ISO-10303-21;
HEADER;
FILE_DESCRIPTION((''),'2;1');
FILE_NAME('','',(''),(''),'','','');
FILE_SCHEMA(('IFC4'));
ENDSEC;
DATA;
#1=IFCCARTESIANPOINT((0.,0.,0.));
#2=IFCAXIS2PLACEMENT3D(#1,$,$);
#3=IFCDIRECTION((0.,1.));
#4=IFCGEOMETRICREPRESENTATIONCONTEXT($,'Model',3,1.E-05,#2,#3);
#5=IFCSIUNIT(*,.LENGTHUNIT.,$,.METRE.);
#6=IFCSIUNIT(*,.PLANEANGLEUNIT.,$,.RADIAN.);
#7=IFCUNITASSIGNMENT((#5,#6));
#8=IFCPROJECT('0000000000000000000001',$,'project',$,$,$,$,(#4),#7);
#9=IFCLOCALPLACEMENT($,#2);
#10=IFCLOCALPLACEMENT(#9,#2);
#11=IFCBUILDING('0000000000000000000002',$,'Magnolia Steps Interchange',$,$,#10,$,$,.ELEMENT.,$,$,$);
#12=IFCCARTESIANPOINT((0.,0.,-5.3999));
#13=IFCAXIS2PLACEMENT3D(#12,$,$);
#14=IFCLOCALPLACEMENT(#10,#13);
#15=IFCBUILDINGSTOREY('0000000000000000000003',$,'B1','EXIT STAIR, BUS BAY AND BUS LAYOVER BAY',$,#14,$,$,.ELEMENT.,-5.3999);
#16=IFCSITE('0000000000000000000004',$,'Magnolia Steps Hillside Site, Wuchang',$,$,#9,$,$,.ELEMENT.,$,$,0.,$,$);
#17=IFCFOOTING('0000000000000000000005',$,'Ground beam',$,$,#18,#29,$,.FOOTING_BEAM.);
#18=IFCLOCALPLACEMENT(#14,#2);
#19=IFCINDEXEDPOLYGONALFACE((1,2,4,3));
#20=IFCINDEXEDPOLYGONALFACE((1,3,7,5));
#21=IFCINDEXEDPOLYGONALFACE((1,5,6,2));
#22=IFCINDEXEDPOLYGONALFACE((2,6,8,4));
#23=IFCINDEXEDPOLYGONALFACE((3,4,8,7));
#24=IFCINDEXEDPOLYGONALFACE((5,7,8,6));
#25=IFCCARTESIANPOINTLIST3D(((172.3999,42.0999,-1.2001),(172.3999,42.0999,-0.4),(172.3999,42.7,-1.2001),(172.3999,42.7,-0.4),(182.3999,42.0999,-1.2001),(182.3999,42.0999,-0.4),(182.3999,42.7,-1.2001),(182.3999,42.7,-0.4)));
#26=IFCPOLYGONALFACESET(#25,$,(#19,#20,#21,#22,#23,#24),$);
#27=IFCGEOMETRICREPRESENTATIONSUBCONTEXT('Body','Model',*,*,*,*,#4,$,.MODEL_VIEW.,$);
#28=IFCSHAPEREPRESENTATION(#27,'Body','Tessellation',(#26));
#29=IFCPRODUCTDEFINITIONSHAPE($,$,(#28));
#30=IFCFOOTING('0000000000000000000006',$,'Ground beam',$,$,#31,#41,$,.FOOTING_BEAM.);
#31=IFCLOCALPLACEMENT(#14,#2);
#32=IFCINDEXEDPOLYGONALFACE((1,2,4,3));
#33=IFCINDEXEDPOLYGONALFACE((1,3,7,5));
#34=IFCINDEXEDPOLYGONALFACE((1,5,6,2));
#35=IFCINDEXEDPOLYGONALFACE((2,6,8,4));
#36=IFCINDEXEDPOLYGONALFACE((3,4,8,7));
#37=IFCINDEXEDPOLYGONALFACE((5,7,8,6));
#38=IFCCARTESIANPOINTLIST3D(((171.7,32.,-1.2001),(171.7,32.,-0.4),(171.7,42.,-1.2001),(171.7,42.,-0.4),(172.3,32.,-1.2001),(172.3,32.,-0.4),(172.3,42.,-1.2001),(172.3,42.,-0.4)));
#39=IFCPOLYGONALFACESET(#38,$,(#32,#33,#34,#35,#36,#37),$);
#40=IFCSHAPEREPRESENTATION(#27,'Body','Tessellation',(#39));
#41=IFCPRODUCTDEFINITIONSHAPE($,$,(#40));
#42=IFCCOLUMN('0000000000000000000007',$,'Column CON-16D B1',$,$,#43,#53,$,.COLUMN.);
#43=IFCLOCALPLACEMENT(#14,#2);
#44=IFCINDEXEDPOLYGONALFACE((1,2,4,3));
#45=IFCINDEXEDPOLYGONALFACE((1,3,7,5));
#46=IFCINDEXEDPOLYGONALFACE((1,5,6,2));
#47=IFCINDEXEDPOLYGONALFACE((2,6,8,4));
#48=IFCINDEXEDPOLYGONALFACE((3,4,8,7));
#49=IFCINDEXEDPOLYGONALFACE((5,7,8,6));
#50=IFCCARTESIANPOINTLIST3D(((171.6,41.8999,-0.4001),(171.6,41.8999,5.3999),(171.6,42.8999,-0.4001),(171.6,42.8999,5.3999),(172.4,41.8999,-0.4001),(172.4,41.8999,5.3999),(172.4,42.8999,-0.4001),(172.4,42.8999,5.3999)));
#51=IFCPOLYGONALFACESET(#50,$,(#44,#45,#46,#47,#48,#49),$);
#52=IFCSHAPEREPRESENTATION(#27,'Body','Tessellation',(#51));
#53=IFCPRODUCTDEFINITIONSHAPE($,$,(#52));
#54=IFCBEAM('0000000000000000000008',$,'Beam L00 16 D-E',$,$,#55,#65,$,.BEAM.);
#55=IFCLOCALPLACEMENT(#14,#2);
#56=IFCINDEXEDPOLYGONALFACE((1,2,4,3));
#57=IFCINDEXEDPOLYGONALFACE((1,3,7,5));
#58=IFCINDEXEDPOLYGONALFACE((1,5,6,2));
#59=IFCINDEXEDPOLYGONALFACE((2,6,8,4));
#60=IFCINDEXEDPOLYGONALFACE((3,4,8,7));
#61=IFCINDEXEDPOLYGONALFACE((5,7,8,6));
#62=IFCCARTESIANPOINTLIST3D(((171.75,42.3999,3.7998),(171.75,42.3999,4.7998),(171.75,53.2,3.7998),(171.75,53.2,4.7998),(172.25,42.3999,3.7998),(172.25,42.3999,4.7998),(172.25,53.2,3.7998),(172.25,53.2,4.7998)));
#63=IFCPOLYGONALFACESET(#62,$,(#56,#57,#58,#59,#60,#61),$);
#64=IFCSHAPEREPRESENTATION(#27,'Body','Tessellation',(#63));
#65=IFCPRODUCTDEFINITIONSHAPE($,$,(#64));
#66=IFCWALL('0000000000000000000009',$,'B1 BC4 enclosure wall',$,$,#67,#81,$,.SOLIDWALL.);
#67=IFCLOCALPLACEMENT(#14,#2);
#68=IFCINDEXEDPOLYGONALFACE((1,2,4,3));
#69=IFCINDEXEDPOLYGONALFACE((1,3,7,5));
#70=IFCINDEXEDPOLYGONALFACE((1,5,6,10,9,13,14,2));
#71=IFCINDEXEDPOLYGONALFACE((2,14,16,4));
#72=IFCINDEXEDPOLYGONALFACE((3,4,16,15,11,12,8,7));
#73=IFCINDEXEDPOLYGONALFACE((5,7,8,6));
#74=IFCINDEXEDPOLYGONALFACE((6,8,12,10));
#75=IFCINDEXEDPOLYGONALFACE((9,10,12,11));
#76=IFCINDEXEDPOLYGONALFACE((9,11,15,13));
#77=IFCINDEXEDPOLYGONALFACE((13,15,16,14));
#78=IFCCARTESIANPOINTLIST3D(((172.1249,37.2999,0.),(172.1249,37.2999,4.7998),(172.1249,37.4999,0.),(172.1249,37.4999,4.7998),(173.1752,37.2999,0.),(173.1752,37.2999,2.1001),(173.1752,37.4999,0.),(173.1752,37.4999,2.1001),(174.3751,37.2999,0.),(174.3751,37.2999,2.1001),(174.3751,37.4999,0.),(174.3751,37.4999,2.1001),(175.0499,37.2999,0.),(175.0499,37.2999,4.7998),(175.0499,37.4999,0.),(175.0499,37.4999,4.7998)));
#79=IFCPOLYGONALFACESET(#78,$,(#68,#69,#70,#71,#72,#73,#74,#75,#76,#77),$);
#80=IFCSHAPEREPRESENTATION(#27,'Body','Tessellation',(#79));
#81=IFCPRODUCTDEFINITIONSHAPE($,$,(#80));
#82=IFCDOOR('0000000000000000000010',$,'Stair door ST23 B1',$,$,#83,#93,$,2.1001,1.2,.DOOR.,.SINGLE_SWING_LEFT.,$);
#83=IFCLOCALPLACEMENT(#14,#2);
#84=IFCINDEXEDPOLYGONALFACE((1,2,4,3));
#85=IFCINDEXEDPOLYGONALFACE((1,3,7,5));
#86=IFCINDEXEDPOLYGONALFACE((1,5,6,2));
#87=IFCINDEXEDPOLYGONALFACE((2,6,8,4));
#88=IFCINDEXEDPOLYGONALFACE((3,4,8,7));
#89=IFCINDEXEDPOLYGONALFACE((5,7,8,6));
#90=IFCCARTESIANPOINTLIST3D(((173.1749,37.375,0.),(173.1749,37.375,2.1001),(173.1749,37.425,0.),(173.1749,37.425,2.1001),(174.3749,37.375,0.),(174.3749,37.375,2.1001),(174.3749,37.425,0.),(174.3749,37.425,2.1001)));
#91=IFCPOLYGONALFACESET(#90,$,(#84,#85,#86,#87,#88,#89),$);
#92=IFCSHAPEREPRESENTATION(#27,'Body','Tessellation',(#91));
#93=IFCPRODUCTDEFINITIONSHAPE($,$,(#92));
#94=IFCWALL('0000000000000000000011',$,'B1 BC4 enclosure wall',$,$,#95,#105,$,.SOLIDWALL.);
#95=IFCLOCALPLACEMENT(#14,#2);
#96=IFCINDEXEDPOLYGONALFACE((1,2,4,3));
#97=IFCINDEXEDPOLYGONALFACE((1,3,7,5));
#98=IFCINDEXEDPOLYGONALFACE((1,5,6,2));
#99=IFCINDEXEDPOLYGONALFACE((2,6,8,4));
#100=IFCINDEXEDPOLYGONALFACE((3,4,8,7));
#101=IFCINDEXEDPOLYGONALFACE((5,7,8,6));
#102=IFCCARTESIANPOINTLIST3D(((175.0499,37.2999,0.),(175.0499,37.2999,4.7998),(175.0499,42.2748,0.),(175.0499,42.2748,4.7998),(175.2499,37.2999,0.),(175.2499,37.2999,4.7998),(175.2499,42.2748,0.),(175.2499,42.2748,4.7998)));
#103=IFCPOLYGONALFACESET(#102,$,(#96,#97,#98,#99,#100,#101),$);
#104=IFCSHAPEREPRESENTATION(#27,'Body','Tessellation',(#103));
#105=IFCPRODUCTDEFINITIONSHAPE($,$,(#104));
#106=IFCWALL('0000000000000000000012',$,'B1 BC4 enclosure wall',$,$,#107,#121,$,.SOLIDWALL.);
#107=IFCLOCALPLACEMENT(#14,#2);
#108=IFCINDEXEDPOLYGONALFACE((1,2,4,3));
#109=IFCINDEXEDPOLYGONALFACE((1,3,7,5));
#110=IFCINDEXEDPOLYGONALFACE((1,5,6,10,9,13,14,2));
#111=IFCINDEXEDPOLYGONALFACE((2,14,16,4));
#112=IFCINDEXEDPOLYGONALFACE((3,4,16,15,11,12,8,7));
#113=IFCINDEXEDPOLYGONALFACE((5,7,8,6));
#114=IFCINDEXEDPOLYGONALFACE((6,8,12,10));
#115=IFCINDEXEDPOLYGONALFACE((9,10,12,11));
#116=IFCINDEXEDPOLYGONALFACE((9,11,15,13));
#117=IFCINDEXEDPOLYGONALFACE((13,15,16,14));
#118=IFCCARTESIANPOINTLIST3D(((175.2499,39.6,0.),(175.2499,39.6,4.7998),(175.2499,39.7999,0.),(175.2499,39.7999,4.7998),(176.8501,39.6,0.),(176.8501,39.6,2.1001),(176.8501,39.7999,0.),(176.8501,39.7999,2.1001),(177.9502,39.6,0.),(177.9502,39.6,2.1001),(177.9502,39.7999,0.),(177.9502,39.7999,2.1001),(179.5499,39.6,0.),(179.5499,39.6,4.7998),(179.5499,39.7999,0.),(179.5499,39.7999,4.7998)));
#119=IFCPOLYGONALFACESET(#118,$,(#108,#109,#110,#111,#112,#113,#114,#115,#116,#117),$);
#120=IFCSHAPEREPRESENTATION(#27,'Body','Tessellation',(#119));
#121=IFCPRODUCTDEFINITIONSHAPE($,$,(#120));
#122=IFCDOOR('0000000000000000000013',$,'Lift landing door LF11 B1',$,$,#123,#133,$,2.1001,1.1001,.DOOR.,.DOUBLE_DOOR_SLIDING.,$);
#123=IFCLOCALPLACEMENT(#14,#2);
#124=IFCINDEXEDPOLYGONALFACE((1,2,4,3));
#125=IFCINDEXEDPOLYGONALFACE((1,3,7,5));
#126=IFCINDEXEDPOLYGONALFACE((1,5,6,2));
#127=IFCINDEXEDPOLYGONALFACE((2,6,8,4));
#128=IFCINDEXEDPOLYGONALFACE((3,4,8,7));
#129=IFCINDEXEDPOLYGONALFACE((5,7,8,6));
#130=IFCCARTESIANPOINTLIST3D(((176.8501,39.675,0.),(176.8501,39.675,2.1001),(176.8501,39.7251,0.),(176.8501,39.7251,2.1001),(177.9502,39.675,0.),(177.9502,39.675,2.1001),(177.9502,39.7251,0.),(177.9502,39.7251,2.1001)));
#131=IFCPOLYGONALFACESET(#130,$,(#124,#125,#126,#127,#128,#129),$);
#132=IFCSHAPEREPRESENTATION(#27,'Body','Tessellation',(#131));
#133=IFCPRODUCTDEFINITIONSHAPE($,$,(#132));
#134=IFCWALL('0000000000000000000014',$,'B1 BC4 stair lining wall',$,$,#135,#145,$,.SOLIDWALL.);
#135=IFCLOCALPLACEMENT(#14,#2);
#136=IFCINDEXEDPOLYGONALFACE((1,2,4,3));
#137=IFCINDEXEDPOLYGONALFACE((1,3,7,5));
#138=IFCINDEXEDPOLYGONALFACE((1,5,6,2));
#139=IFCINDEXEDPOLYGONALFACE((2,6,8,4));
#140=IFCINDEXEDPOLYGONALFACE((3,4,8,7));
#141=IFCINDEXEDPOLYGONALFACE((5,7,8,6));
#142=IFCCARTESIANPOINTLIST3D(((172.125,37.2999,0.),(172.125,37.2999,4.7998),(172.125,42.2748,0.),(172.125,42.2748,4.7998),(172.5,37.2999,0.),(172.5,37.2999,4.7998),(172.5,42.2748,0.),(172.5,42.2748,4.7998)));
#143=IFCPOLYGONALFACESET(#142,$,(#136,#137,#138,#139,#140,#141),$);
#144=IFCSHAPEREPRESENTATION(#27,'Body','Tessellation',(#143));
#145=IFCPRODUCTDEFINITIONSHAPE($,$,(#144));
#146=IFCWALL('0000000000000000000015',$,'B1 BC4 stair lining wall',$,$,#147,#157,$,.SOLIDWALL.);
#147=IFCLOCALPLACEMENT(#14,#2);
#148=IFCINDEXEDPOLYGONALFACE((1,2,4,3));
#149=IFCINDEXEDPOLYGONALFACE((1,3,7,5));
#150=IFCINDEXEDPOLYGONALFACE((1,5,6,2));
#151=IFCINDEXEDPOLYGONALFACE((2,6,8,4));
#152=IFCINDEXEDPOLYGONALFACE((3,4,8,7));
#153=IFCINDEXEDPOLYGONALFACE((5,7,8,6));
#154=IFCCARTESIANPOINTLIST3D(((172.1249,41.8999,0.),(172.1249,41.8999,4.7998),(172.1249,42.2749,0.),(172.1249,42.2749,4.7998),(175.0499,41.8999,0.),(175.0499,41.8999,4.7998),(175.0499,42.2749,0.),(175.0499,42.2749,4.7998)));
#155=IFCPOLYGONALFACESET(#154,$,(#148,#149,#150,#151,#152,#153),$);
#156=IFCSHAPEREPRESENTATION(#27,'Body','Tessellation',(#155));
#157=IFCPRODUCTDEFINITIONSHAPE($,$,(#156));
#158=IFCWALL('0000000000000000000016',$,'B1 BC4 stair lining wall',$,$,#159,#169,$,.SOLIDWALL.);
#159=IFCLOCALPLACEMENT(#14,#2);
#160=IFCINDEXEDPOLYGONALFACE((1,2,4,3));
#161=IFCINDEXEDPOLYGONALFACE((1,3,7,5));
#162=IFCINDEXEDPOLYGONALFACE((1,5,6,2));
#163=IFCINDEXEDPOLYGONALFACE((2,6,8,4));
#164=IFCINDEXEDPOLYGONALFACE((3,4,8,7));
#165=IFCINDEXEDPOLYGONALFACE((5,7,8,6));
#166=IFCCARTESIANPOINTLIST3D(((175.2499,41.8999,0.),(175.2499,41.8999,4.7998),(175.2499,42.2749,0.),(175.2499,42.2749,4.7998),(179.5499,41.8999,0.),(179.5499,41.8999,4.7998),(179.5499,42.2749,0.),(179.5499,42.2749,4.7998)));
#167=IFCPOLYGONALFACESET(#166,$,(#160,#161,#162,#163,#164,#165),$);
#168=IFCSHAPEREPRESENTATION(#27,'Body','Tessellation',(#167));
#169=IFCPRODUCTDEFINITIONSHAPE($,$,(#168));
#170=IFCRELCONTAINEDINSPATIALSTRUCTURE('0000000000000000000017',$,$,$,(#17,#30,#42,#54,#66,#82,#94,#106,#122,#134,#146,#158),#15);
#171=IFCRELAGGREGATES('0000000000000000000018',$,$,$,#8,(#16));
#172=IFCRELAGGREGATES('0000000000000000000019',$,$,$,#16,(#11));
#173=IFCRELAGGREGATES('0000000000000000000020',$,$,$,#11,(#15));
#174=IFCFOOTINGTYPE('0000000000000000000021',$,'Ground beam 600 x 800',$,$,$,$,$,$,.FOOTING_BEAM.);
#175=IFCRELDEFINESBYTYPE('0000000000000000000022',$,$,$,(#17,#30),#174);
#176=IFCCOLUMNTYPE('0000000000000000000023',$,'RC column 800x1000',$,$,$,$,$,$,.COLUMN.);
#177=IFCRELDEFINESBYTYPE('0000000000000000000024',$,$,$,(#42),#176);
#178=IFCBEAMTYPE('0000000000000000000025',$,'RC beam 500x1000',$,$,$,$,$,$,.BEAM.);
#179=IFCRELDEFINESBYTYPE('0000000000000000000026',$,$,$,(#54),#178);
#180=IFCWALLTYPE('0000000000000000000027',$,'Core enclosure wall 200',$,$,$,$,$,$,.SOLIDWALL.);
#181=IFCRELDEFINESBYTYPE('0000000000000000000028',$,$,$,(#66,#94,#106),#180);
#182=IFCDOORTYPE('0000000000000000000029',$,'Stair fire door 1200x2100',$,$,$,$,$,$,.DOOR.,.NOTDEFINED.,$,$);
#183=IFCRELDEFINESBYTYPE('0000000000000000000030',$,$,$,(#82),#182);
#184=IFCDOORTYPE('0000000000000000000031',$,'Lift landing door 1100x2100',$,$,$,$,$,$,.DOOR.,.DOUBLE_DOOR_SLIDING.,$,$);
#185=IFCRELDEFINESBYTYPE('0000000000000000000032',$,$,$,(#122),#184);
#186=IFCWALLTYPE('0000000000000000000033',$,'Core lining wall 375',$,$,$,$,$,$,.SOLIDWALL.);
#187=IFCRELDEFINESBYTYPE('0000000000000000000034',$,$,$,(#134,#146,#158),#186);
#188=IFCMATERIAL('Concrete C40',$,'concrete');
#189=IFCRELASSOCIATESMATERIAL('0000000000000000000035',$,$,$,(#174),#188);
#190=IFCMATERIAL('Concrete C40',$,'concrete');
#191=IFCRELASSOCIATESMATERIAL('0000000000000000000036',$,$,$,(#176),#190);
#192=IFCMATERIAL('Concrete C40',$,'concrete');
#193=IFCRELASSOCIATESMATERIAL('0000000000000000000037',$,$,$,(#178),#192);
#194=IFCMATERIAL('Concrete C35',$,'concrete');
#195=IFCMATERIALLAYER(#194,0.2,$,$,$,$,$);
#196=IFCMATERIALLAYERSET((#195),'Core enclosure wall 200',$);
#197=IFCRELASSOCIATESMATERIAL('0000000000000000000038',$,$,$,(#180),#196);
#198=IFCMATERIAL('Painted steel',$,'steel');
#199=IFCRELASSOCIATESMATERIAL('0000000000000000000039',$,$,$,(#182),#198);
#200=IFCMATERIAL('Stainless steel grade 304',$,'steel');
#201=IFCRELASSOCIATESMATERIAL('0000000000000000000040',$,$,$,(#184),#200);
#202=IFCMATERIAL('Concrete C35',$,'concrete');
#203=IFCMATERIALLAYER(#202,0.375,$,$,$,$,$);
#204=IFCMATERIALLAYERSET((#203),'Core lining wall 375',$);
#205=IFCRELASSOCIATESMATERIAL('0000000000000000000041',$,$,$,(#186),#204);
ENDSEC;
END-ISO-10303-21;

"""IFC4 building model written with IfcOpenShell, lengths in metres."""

from ifc_helpers import new_model, si_unit, direction, frame, frame_2d, origin, origin_2d, place, context, subcontext, project, spatial, rectangle, extrude, material, layer, layer_set, material_profile, profile_set, type_object, element, fill, save


model = new_model("IFC4")

# Units and contexts
model_context = context("Model", 3, precision=1e-05, world=origin(), true_north=direction((0.0, 1.0)))
body_context = subcontext(model_context, "Body", "Model", "MODEL_VIEW")
ifc_project = project(units=[si_unit("LENGTHUNIT", "METRE"), si_unit("PLANEANGLEUNIT", "RADIAN")], contexts=[model_context])

# Site, building, storey
site_placement = place(None, origin())
site = spatial("IfcSite", under=ifc_project, at=site_placement, Name="Magnolia Steps Hillside Site, Wuchang", CompositionType="ELEMENT", RefElevation=0.0)
building_placement = place(site_placement, origin())
building = spatial("IfcBuilding", under=site, at=building_placement, Name="Magnolia Steps Interchange", CompositionType="ELEMENT")
storey_placement = place(building_placement, frame((0.0, 0.0, -5.3999)))
storey = spatial("IfcBuildingStorey", under=building, at=storey_placement, Name="B1", Description="EXIT STAIR, BUS BAY AND BUS LAYOVER BAY", CompositionType="ELEMENT", Elevation=-5.3999)

# Footings
ifc_material_1 = material(Name="Concrete C40", Category="concrete")
ifc_material_profile_1 = material_profile(ifc_material_1, rectangle(XDim=0.6001, YDim=0.8, at=origin_2d()), Name="RC600x800")
ifc_profile_set_1 = profile_set([ifc_material_profile_1], Name="Concrete C40")
footing_type = type_object("IfcFootingType", Name="Ground beam 600 x 800", PredefinedType="FOOTING_BEAM", material=ifc_profile_set_1)
for number, where, z_axis, x_axis, name in (
    (1, (172.3999, 42.3999, -0.8), (1.0, 0.0, 0.0), (0.0, 1.0, 0.0), "Ground beam"),
    (2, (172.0, 32.0, -0.8), (0.0, 1.0, 0.0), (-1.0, 0.0, 0.0), "Ground beam"),
):
    element("IfcFooting", number, at=place(storey_placement, frame(where, z_axis=z_axis, x_axis=x_axis)), inside=storey, type_object=footing_type, Name=name, PredefinedType="FOOTING_BEAM", context=body_context, shape_type="SweptSolid", body=[
        extrude(rectangle(XDim=0.6001, YDim=0.8, at=origin_2d()), origin(), (0.0, 0.0, 1.0), 10.0),
    ])

# Column
ifc_material_2 = material(Name="Concrete C40", Category="concrete")
ifc_material_profile_2 = material_profile(ifc_material_2, rectangle(XDim=0.8, YDim=1.0, at=origin_2d()), Name="RC800x1000")
ifc_profile_set_2 = profile_set([ifc_material_profile_2], Name="Concrete C40")
column_type = type_object("IfcColumnType", Name="RC column 800x1000", PredefinedType="COLUMN", material=ifc_profile_set_2)
column_placement = place(storey_placement, frame((172.0, 42.3999, -0.4001), z_axis=(0.0, 0.0, 1.0), x_axis=(1.0, 0.0, 0.0)))
element("IfcColumn", 3, at=column_placement, inside=storey, type_object=column_type, Name="Column CON-16D B1", PredefinedType="COLUMN", context=body_context, shape_type="SweptSolid", body=[
    extrude(rectangle(XDim=0.8, YDim=1.0, at=origin_2d()), origin(), (0.0, 0.0, 1.0), 5.8),
])

# Beam
ifc_material_3 = material(Name="Concrete C40", Category="concrete")
ifc_material_profile_3 = material_profile(ifc_material_3, rectangle(XDim=0.5, YDim=1.0, at=origin_2d()), Name="RC500x1000")
ifc_profile_set_3 = profile_set([ifc_material_profile_3], Name="Concrete C40")
beam_type = type_object("IfcBeamType", Name="RC beam 500x1000", PredefinedType="BEAM", material=ifc_profile_set_3)
beam_placement = place(storey_placement, frame((172.0, 42.3999, 4.2998), z_axis=(0.0, 1.0, 0.0), x_axis=(-1.0, 0.0, 0.0)))
element("IfcBeam", 4, at=beam_placement, inside=storey, type_object=beam_type, Name="Beam L00 16 D-E", PredefinedType="BEAM", context=body_context, shape_type="SweptSolid", body=[
    extrude(rectangle(XDim=0.5, YDim=1.0, at=origin_2d()), origin(), (0.0, 0.0, 1.0), 10.8),
])

# Wall, opening, door
ifc_material_4 = material(Name="Concrete C35", Category="concrete")
ifc_layer_1 = layer(ifc_material_4, 0.2)
ifc_layer_set_1 = layer_set([ifc_layer_1], Name="Core enclosure wall 200")
wall_type_1 = type_object("IfcWallType", Name="Core enclosure wall 200", PredefinedType="SOLIDWALL", material=ifc_layer_set_1)
wall_1_placement = place(storey_placement, frame((172.125, 37.3999, 0.0), z_axis=(0.0, 0.0, 1.0), x_axis=(1.0, 0.0, 0.0)))
wall_1 = element("IfcWall", 5, at=wall_1_placement, inside=storey, type_object=wall_type_1, Name="B1 BC4 enclosure wall", PredefinedType="SOLIDWALL", context=body_context, shape_type="SweptSolid", body=[
    extrude(rectangle(XDim=2.925, YDim=0.2, at=frame_2d((1.4624, 0.0))), origin(), (0.0, 0.0, 1.0), 4.7998),
])
opening_1_placement = place(wall_1_placement, frame((1.05, 0.0, 0.0)))
opening_1 = element("IfcOpeningElement", 6, at=opening_1_placement, cuts=wall_1, PredefinedType="OPENING", context=body_context, shape_type="SweptSolid", body=[
    extrude(rectangle(XDim=1.2, YDim=2.1001, at=frame_2d((0.6001, 1.05))), frame((0.0, 0.1099, 0.0), z_axis=(0.0, -1.0, 0.0), x_axis=(1.0, 0.0, 0.0)), (0.0, 0.0, 1.0), 0.22),
])
ifc_material_5 = material(Name="Painted steel", Category="steel")
door_type_1 = type_object("IfcDoorType", Name="Stair fire door 1200x2100", OperationType="NOTDEFINED", PredefinedType="DOOR", material=ifc_material_5)
door_1_placement = place(opening_1_placement, frame((1.2, 0.0, 0.0), z_axis=(0.0, 0.0, 1.0), x_axis=(-1.0, 0.0, 0.0)))
door_1 = element("IfcDoor", 7, at=door_1_placement, inside=storey, type_object=door_type_1, Name="Stair door ST23 B1", OperationType="SINGLE_SWING_LEFT", OverallHeight=2.1001, OverallWidth=1.2, PredefinedType="DOOR", context=body_context, shape_type="SweptSolid", body=[
    extrude(rectangle(XDim=1.2, YDim=2.1001, at=frame_2d((0.6001, 1.05))), frame((0.0, 0.0249, 0.0), z_axis=(0.0, -1.0, 0.0), x_axis=(1.0, 0.0, 0.0)), (0.0, 0.0, 1.0), 0.05),
])
fill(opening_1, door_1)

# Wall
wall_2_placement = place(storey_placement, frame((175.1499, 37.3, 0.0), z_axis=(0.0, 0.0, 1.0), x_axis=(0.0, 1.0, 0.0)))
element("IfcWall", 8, at=wall_2_placement, inside=storey, type_object=wall_type_1, Name="B1 BC4 enclosure wall", PredefinedType="SOLIDWALL", context=body_context, shape_type="SweptSolid", body=[
    extrude(rectangle(XDim=4.9749, YDim=0.2, at=frame_2d((2.4873, 0.0))), origin(), (0.0, 0.0, 1.0), 4.7998),
])

# Wall, opening, door
wall_3_placement = place(storey_placement, frame((175.25, 39.7, 0.0), z_axis=(0.0, 0.0, 1.0), x_axis=(1.0, 0.0, 0.0)))
wall_3 = element("IfcWall", 9, at=wall_3_placement, inside=storey, type_object=wall_type_1, Name="B1 BC4 enclosure wall", PredefinedType="SOLIDWALL", context=body_context, shape_type="SweptSolid", body=[
    extrude(rectangle(XDim=4.3, YDim=0.2, at=frame_2d((2.1499, 0.0))), origin(), (0.0, 0.0, 1.0), 4.7998),
])
opening_2_placement = place(wall_3_placement, frame((1.6001, 0.0, 0.0)))
opening_2 = element("IfcOpeningElement", 10, at=opening_2_placement, cuts=wall_3, PredefinedType="OPENING", context=body_context, shape_type="SweptSolid", body=[
    extrude(rectangle(XDim=1.1001, YDim=2.1001, at=frame_2d((0.55, 1.05))), frame((0.0, 0.1099, 0.0), z_axis=(0.0, -1.0, 0.0), x_axis=(1.0, 0.0, 0.0)), (0.0, 0.0, 1.0), 0.22),
])
ifc_material_6 = material(Name="Stainless steel grade 304", Category="steel")
door_type_2 = type_object("IfcDoorType", Name="Lift landing door 1100x2100", OperationType="DOUBLE_DOOR_SLIDING", PredefinedType="DOOR", material=ifc_material_6)
door_2_placement = place(opening_2_placement, frame((1.1001, 0.0, 0.0), z_axis=(0.0, 0.0, 1.0), x_axis=(-1.0, 0.0, 0.0)))
door_2 = element("IfcDoor", 11, at=door_2_placement, inside=storey, type_object=door_type_2, Name="Lift landing door LF11 B1", OperationType="DOUBLE_DOOR_SLIDING", OverallHeight=2.1001, OverallWidth=1.1001, PredefinedType="DOOR", context=body_context, shape_type="SweptSolid", body=[
    extrude(rectangle(XDim=1.1001, YDim=2.1001, at=frame_2d((0.55, 1.05))), frame((0.0, 0.0249, 0.0), z_axis=(0.0, -1.0, 0.0), x_axis=(1.0, 0.0, 0.0)), (0.0, 0.0, 1.0), 0.05),
])
fill(opening_2, door_2)

# Walls
ifc_material_7 = material(Name="Concrete C35", Category="concrete")
ifc_layer_2 = layer(ifc_material_7, 0.375)
ifc_layer_set_2 = layer_set([ifc_layer_2], Name="Core lining wall 375")
wall_type_2 = type_object("IfcWallType", Name="Core lining wall 375", PredefinedType="SOLIDWALL", material=ifc_layer_set_2)
wall_4_placement = place(storey_placement, frame((172.3125, 37.3, 0.0), z_axis=(0.0, 0.0, 1.0), x_axis=(0.0, 1.0, 0.0)))
element("IfcWall", 12, at=wall_4_placement, inside=storey, type_object=wall_type_2, Name="B1 BC4 stair lining wall", PredefinedType="SOLIDWALL", context=body_context, shape_type="SweptSolid", body=[
    extrude(rectangle(XDim=4.9749, YDim=0.375, at=frame_2d((2.4873, 0.0))), origin(), (0.0, 0.0, 1.0), 4.7998),
])
wall_5_placement = place(storey_placement, frame((172.125, 42.0874, 0.0), z_axis=(0.0, 0.0, 1.0), x_axis=(1.0, 0.0, 0.0)))
element("IfcWall", 13, at=wall_5_placement, inside=storey, type_object=wall_type_2, Name="B1 BC4 stair lining wall", PredefinedType="SOLIDWALL", context=body_context, shape_type="SweptSolid", body=[
    extrude(rectangle(XDim=2.925, YDim=0.375, at=frame_2d((1.4624, 0.0))), origin(), (0.0, 0.0, 1.0), 4.7998),
])
wall_6_placement = place(storey_placement, frame((175.25, 42.0874, 0.0), z_axis=(0.0, 0.0, 1.0), x_axis=(1.0, 0.0, 0.0)))
element("IfcWall", 14, at=wall_6_placement, inside=storey, type_object=wall_type_2, Name="B1 BC4 stair lining wall", PredefinedType="SOLIDWALL", context=body_context, shape_type="SweptSolid", body=[
    extrude(rectangle(XDim=4.3, YDim=0.375, at=frame_2d((2.1499, 0.0))), origin(), (0.0, 0.0, 1.0), 4.7998),
])

save(model, "model.ifc")
